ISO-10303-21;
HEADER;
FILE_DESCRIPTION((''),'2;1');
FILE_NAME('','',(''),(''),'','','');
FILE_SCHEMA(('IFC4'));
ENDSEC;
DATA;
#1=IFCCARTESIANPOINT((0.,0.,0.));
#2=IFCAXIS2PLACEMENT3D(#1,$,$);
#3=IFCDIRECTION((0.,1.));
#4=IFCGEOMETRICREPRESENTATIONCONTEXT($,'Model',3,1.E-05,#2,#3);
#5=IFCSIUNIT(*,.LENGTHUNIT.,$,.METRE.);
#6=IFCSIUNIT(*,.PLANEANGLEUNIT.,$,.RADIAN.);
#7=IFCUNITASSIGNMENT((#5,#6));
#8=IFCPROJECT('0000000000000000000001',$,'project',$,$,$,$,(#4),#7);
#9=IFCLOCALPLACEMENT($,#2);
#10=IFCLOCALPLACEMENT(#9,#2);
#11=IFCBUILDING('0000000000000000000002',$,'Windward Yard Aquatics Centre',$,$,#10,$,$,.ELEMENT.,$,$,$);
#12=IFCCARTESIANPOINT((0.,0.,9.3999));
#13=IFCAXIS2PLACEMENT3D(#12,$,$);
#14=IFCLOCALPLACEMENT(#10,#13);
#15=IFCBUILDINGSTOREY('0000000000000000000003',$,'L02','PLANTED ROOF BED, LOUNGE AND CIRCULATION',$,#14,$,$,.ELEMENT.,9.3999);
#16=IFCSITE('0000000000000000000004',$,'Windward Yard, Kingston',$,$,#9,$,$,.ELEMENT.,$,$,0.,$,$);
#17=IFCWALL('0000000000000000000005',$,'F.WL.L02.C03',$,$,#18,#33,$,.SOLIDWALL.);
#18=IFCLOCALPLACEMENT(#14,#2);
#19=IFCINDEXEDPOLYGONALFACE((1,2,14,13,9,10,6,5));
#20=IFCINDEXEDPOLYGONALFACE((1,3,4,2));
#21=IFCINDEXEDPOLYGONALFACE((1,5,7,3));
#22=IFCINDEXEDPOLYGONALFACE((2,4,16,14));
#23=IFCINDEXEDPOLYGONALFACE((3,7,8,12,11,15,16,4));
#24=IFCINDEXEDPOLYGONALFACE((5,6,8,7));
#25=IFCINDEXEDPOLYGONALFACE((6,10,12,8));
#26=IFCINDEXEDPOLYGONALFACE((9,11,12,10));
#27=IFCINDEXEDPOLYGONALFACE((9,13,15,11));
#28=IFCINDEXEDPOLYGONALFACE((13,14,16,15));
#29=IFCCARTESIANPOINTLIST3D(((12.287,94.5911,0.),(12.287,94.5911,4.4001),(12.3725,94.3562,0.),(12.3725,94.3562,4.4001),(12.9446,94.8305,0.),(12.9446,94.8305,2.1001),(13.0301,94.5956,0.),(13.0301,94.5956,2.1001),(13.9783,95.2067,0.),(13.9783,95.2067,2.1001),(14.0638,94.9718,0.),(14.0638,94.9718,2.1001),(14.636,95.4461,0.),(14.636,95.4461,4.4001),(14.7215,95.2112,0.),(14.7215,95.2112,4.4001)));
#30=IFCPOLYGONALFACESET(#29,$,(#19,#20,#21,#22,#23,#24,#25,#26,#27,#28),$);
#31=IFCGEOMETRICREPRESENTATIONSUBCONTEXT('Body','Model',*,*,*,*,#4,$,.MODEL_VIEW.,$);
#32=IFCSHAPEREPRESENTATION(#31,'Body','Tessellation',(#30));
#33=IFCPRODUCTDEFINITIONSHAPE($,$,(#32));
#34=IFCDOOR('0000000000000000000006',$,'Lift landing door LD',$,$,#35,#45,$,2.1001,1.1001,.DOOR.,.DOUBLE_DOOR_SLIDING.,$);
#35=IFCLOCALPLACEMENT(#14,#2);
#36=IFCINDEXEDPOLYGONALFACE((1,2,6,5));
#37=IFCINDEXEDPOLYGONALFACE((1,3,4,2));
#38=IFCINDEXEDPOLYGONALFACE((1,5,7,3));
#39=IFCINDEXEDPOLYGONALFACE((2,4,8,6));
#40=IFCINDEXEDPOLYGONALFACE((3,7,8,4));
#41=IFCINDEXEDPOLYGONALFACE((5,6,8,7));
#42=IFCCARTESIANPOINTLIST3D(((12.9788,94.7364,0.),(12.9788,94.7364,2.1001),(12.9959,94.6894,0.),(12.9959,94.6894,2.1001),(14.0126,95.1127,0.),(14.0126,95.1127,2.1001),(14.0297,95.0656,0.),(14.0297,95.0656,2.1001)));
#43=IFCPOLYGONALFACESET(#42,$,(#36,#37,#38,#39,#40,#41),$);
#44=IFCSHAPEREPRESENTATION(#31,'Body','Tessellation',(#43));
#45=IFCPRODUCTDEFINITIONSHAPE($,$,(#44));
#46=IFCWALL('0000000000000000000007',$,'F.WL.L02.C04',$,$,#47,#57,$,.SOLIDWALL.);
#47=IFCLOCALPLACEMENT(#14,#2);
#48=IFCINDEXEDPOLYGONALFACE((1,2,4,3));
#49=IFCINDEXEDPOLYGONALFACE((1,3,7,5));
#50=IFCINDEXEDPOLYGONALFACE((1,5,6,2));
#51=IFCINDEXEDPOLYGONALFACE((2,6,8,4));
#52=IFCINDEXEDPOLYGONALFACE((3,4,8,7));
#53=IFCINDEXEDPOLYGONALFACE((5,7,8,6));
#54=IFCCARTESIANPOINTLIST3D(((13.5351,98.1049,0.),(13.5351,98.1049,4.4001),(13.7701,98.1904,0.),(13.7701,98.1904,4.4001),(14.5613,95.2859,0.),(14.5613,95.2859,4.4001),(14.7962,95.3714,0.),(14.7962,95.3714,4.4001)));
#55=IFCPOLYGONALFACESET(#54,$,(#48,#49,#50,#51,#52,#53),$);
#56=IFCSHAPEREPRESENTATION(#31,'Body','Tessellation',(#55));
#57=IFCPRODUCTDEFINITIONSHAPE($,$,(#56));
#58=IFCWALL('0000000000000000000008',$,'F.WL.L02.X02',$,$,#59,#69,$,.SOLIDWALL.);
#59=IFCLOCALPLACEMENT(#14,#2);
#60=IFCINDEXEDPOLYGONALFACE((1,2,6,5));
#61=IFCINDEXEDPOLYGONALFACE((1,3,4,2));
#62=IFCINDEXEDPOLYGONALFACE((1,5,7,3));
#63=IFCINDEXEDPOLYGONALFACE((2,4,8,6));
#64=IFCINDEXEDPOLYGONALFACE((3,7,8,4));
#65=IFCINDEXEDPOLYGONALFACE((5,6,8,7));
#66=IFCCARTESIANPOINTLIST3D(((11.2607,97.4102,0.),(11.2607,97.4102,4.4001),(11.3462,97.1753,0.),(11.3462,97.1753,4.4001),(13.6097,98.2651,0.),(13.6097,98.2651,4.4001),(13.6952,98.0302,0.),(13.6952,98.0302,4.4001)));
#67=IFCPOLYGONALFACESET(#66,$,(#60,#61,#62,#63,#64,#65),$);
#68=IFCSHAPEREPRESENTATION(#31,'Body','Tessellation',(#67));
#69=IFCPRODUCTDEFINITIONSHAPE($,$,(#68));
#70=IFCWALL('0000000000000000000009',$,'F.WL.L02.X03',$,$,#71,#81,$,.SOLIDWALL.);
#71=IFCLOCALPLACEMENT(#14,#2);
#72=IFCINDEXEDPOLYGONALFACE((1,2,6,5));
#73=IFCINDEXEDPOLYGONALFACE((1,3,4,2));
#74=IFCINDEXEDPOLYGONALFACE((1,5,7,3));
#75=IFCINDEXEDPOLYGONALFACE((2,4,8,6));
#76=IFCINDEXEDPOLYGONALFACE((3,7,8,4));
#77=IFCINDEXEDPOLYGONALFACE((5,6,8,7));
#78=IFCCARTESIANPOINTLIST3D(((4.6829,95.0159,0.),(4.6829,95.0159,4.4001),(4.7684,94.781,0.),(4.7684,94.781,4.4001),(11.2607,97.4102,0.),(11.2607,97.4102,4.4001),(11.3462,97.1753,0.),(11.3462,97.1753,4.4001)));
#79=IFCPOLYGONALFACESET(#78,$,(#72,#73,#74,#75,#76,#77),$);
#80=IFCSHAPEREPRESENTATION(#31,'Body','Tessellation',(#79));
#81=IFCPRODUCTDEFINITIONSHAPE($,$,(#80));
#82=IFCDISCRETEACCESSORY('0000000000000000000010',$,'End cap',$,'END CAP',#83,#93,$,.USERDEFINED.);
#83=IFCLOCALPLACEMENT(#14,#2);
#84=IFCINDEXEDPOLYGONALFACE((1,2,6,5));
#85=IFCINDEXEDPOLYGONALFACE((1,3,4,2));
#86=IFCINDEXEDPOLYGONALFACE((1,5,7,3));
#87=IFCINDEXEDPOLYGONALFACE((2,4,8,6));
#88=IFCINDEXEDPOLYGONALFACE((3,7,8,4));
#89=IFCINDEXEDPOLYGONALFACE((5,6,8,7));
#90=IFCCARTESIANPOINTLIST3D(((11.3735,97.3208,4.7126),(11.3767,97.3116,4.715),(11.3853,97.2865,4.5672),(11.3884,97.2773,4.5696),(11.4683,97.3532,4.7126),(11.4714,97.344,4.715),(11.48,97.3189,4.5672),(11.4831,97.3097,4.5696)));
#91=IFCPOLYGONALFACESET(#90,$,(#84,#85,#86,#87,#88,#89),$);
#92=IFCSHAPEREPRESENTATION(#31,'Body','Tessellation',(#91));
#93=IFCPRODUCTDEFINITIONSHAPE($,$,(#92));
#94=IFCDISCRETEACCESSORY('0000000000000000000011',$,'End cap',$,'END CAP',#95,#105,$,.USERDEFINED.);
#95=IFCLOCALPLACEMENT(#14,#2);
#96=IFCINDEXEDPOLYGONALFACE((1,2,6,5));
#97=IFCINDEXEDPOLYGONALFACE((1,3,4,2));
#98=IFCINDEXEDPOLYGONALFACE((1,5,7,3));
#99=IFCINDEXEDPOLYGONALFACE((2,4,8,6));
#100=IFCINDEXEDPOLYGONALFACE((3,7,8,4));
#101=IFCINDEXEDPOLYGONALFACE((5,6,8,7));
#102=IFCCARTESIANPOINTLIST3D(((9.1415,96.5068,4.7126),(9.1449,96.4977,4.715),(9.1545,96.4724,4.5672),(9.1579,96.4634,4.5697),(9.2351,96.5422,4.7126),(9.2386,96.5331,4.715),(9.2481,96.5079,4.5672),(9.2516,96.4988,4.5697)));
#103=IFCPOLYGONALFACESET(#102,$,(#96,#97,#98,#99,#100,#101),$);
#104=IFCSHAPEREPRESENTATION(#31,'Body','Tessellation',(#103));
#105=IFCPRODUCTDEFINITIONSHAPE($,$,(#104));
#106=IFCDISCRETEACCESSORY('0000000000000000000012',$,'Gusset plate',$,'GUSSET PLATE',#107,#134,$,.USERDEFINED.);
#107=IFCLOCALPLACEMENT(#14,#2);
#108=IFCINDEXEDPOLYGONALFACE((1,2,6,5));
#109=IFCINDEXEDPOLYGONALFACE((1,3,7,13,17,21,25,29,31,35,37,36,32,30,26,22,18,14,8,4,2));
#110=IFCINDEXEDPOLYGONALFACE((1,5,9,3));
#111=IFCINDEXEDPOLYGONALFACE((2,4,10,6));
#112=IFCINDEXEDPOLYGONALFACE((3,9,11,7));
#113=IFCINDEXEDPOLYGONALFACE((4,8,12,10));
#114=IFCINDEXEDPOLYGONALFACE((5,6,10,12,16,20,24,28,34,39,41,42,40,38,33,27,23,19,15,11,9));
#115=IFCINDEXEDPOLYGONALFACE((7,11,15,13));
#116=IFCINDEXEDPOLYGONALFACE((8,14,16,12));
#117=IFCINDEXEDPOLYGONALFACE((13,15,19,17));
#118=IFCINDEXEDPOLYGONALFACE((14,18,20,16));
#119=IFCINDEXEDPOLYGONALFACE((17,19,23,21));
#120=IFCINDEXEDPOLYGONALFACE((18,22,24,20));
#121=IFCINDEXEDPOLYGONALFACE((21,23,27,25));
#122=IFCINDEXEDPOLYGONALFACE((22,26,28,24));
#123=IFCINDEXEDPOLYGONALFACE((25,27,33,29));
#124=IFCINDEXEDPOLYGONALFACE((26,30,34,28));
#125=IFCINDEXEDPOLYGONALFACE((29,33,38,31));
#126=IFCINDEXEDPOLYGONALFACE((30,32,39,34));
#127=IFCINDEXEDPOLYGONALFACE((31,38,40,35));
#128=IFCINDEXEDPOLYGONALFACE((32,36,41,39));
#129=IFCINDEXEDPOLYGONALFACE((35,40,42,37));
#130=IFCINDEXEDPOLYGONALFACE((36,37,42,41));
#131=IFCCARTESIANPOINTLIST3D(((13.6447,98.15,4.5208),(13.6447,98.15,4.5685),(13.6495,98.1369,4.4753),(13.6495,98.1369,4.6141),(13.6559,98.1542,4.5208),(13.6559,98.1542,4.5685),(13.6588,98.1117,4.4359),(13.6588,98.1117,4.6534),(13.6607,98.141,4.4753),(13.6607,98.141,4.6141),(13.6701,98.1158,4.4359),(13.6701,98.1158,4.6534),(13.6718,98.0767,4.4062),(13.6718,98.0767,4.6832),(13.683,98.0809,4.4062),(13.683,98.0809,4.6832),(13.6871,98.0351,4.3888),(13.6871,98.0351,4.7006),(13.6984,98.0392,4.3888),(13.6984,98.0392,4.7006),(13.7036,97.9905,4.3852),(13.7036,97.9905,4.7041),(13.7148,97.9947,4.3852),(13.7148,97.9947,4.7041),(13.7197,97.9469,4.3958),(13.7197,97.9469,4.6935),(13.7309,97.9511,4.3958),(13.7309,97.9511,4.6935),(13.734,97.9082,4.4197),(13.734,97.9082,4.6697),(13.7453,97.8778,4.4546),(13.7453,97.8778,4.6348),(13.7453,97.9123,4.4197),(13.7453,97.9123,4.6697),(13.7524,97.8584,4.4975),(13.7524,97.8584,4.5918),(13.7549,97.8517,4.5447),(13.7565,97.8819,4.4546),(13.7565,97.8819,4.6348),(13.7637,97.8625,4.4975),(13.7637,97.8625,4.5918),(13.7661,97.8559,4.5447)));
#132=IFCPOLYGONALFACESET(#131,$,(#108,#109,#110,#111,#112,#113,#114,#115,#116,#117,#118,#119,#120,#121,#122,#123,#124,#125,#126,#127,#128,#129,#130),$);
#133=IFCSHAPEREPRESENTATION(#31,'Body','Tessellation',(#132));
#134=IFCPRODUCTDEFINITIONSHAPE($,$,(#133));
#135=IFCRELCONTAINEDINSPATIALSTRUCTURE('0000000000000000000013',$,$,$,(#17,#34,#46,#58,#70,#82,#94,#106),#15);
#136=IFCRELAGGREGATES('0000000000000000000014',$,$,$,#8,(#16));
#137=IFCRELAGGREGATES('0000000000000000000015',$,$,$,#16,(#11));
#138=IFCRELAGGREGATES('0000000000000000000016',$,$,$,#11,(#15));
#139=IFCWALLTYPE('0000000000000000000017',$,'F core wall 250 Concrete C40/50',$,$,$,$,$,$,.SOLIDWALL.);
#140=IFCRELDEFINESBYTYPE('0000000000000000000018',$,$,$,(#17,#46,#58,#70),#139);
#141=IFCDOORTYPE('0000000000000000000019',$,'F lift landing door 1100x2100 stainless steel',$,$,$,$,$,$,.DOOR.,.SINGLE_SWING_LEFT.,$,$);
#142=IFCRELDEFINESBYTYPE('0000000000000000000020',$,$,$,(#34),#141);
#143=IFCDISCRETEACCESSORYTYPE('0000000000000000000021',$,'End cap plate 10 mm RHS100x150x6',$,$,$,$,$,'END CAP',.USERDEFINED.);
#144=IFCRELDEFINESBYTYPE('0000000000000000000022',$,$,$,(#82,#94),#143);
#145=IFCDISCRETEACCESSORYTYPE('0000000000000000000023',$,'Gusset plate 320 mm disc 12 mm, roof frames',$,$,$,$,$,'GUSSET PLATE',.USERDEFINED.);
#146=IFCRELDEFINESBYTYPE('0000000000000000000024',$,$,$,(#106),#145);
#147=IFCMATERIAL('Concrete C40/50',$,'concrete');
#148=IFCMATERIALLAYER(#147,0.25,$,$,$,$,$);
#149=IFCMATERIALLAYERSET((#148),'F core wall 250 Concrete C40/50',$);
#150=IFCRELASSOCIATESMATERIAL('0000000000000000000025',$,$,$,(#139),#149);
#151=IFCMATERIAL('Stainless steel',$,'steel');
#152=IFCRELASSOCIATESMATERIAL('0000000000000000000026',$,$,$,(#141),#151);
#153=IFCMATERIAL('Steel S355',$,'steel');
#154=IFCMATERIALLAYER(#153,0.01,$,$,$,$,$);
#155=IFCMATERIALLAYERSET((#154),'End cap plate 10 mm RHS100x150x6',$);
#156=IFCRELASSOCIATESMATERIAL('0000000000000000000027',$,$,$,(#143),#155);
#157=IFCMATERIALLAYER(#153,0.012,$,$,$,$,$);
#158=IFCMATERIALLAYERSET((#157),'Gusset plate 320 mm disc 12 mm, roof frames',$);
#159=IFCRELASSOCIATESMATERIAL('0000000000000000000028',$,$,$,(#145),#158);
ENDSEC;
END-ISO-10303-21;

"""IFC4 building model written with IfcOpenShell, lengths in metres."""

from ifc_helpers import new_model, si_unit, direction, frame, frame_2d, origin, origin_2d, place, context, subcontext, project, spatial, rectangle, circle, extrude, material, layer, layer_set, type_object, element, fill, save


model = new_model("IFC4")

# Units and contexts
model_context = context("Model", 3, precision=1e-05, world=origin(), true_north=direction((0.0, 1.0)))
body_context = subcontext(model_context, "Body", "Model", "MODEL_VIEW")
ifc_project = project(units=[si_unit("LENGTHUNIT", "METRE"), si_unit("PLANEANGLEUNIT", "RADIAN")], contexts=[model_context])

# Site, building, storey
site_placement = place(None, origin())
site = spatial("IfcSite", under=ifc_project, at=site_placement, Name="Windward Yard, Kingston", CompositionType="ELEMENT", RefElevation=0.0)
building_placement = place(site_placement, origin())
building = spatial("IfcBuilding", under=site, at=building_placement, Name="Windward Yard Aquatics Centre", CompositionType="ELEMENT")
storey_placement = place(building_placement, frame((0.0, 0.0, 9.3999)))
storey = spatial("IfcBuildingStorey", under=building, at=storey_placement, Name="L02", Description="PLANTED ROOF BED, LOUNGE AND CIRCULATION", CompositionType="ELEMENT", Elevation=9.3999)

# Shared definitions
ifc_material_1 = material(Name="Steel S355", Category="steel")

# Shared definitions
ifc_material_2 = material(Name="Concrete C40/50", Category="concrete")
ifc_layer_1 = layer(ifc_material_2, 0.25)
ifc_layer_set_1 = layer_set([ifc_layer_1], Name="F core wall 250 Concrete C40/50")
wall_type = type_object("IfcWallType", Name="F core wall 250 Concrete C40/50", PredefinedType="SOLIDWALL", material=ifc_layer_set_1)

# Wall, opening, door
wall_1_placement = place(storey_placement, frame((12.3296, 94.4736, 0.0), z_axis=(0.0, 0.0, 1.0), x_axis=(0.939696, 0.34201, 0.0)))
wall_1 = element("IfcWall", 1, at=wall_1_placement, inside=storey, type_object=wall_type, Name="F.WL.L02.C03", PredefinedType="SOLIDWALL", context=body_context, shape_type="SweptSolid", body=[
    extrude(rectangle(XDim=2.4998, YDim=0.25, at=frame_2d((1.25, 0.0))), origin(), (0.0, 0.0, 1.0), 4.4001),
])
opening_placement = place(wall_1_placement, frame((0.7, 0.0, 0.0)))
opening = element("IfcOpeningElement", 2, at=opening_placement, cuts=wall_1, PredefinedType="OPENING", context=body_context, shape_type="SweptSolid", body=[
    extrude(rectangle(XDim=1.1001, YDim=2.1001, at=frame_2d((0.55, 1.05))), frame((0.0, 0.135, 0.0), z_axis=(0.0, -1.0, 0.0), x_axis=(1.0, 0.0, 0.0)), (0.0, 0.0, 1.0), 0.27),
])
ifc_material_3 = material(Name="Stainless steel", Category="steel")
door_type = type_object("IfcDoorType", Name="F lift landing door 1100x2100 stainless steel", OperationType="SINGLE_SWING_LEFT", PredefinedType="DOOR", material=ifc_material_3)
door_placement = place(opening_placement, origin())
door = element("IfcDoor", 3, at=door_placement, inside=storey, type_object=door_type, Name="Lift landing door LD", OperationType="DOUBLE_DOOR_SLIDING", OverallHeight=2.1001, OverallWidth=1.1001, PredefinedType="DOOR", context=body_context, shape_type="SweptSolid", body=[
    extrude(rectangle(XDim=1.1001, YDim=2.1001, at=frame_2d((0.55, 1.05))), frame((0.0, 0.0249, 0.0), z_axis=(0.0, -1.0, 0.0), x_axis=(1.0, 0.0, 0.0)), (0.0, 0.0, 1.0), 0.05),
])
fill(opening, door)

# Walls
wall_2_placement = place(storey_placement, frame((14.6787, 95.3286, 0.0), z_axis=(0.0, 0.0, 1.0), x_axis=(-0.342037, 0.939686, 0.0)))
element("IfcWall", 4, at=wall_2_placement, inside=storey, type_object=wall_type, Name="F.WL.L02.C04", PredefinedType="SOLIDWALL", context=body_context, shape_type="SweptSolid", body=[
    extrude(rectangle(XDim=3.0, YDim=0.25, at=frame_2d((1.5, 0.0))), origin(), (0.0, 0.0, 1.0), 4.4001),
])
wall_3_placement = place(storey_placement, frame((13.6526, 98.1477, 0.0), z_axis=(0.0, 0.0, 1.0), x_axis=(-0.939696, -0.34201, 0.0)))
element("IfcWall", 5, at=wall_3_placement, inside=storey, type_object=wall_type, Name="F.WL.L02.X02", PredefinedType="SOLIDWALL", context=body_context, shape_type="SweptSolid", body=[
    extrude(rectangle(XDim=2.4998, YDim=0.25, at=frame_2d((1.25, 0.0))), origin(), (0.0, 0.0, 1.0), 4.4001),
])
wall_4_placement = place(storey_placement, frame((11.3035, 97.2927, 0.0), z_axis=(0.0, 0.0, 1.0), x_axis=(-0.939686, -0.342037, 0.0)))
element("IfcWall", 6, at=wall_4_placement, inside=storey, type_object=wall_type, Name="F.WL.L02.X03", PredefinedType="SOLIDWALL", context=body_context, shape_type="SweptSolid", body=[
    extrude(rectangle(XDim=7.0, YDim=0.25, at=frame_2d((3.5, 0.0))), origin(), (0.0, 0.0, 1.0), 4.4001),
])

# Discrete accessories
ifc_layer_2 = layer(ifc_material_1, 0.01)
ifc_layer_set_2 = layer_set([ifc_layer_2], Name="End cap plate 10 mm RHS100x150x6")
discrete_accessory_type_1 = type_object("IfcDiscreteAccessoryType", Name="End cap plate 10 mm RHS100x150x6", ElementType="END CAP", PredefinedType="USERDEFINED", material=ifc_layer_set_2)
for number, where, z_axis, x_axis, name in (
    (7, (11.4268, 97.3198, 4.6399), (0.314098, -0.918132, 0.241614), (0.946164, 0.323688, 0.0), "End cap"),
    (8, (9.1948, 96.5073, 4.6399), (0.3431, -0.906765, 0.245072), (0.935286, 0.353892, 0.0), "End cap"),
):
    element("IfcDiscreteAccessory", number, at=place(storey_placement, frame(where, z_axis=z_axis, x_axis=x_axis)), inside=storey, type_object=discrete_accessory_type_1, Name=name, ObjectType="END CAP", PredefinedType="USERDEFINED", context=body_context, shape_type="SweptSolid", body=[
        extrude(rectangle(XDim=0.1001, YDim=0.1499, at=origin_2d()), origin(), (0.0, 0.0, 1.0), 0.01),
    ])
ifc_layer_3 = layer(ifc_material_1, 0.012)
ifc_layer_set_3 = layer_set([ifc_layer_3], Name="Gusset plate 320 mm disc 12 mm, roof frames")
discrete_accessory_type_2 = type_object("IfcDiscreteAccessoryType", Name="Gusset plate 320 mm disc 12 mm, roof frames", ElementType="GUSSET PLATE", PredefinedType="USERDEFINED", material=ifc_layer_set_3)
discrete_accessory_placement = place(storey_placement, frame((13.7107, 98.0059, 4.5447), z_axis=(-0.937994, -0.34665, 0.0), x_axis=(0.34665, -0.937994, 0.0)))
element("IfcDiscreteAccessory", 9, at=discrete_accessory_placement, inside=storey, type_object=discrete_accessory_type_2, Name="Gusset plate", ObjectType="GUSSET PLATE", PredefinedType="USERDEFINED", context=body_context, shape_type="SweptSolid", body=[
    extrude(circle(Radius=0.1599, at=origin_2d()), origin(), (0.0, 0.0, 1.0), 0.012),
])

save(model, "model.ifc")
